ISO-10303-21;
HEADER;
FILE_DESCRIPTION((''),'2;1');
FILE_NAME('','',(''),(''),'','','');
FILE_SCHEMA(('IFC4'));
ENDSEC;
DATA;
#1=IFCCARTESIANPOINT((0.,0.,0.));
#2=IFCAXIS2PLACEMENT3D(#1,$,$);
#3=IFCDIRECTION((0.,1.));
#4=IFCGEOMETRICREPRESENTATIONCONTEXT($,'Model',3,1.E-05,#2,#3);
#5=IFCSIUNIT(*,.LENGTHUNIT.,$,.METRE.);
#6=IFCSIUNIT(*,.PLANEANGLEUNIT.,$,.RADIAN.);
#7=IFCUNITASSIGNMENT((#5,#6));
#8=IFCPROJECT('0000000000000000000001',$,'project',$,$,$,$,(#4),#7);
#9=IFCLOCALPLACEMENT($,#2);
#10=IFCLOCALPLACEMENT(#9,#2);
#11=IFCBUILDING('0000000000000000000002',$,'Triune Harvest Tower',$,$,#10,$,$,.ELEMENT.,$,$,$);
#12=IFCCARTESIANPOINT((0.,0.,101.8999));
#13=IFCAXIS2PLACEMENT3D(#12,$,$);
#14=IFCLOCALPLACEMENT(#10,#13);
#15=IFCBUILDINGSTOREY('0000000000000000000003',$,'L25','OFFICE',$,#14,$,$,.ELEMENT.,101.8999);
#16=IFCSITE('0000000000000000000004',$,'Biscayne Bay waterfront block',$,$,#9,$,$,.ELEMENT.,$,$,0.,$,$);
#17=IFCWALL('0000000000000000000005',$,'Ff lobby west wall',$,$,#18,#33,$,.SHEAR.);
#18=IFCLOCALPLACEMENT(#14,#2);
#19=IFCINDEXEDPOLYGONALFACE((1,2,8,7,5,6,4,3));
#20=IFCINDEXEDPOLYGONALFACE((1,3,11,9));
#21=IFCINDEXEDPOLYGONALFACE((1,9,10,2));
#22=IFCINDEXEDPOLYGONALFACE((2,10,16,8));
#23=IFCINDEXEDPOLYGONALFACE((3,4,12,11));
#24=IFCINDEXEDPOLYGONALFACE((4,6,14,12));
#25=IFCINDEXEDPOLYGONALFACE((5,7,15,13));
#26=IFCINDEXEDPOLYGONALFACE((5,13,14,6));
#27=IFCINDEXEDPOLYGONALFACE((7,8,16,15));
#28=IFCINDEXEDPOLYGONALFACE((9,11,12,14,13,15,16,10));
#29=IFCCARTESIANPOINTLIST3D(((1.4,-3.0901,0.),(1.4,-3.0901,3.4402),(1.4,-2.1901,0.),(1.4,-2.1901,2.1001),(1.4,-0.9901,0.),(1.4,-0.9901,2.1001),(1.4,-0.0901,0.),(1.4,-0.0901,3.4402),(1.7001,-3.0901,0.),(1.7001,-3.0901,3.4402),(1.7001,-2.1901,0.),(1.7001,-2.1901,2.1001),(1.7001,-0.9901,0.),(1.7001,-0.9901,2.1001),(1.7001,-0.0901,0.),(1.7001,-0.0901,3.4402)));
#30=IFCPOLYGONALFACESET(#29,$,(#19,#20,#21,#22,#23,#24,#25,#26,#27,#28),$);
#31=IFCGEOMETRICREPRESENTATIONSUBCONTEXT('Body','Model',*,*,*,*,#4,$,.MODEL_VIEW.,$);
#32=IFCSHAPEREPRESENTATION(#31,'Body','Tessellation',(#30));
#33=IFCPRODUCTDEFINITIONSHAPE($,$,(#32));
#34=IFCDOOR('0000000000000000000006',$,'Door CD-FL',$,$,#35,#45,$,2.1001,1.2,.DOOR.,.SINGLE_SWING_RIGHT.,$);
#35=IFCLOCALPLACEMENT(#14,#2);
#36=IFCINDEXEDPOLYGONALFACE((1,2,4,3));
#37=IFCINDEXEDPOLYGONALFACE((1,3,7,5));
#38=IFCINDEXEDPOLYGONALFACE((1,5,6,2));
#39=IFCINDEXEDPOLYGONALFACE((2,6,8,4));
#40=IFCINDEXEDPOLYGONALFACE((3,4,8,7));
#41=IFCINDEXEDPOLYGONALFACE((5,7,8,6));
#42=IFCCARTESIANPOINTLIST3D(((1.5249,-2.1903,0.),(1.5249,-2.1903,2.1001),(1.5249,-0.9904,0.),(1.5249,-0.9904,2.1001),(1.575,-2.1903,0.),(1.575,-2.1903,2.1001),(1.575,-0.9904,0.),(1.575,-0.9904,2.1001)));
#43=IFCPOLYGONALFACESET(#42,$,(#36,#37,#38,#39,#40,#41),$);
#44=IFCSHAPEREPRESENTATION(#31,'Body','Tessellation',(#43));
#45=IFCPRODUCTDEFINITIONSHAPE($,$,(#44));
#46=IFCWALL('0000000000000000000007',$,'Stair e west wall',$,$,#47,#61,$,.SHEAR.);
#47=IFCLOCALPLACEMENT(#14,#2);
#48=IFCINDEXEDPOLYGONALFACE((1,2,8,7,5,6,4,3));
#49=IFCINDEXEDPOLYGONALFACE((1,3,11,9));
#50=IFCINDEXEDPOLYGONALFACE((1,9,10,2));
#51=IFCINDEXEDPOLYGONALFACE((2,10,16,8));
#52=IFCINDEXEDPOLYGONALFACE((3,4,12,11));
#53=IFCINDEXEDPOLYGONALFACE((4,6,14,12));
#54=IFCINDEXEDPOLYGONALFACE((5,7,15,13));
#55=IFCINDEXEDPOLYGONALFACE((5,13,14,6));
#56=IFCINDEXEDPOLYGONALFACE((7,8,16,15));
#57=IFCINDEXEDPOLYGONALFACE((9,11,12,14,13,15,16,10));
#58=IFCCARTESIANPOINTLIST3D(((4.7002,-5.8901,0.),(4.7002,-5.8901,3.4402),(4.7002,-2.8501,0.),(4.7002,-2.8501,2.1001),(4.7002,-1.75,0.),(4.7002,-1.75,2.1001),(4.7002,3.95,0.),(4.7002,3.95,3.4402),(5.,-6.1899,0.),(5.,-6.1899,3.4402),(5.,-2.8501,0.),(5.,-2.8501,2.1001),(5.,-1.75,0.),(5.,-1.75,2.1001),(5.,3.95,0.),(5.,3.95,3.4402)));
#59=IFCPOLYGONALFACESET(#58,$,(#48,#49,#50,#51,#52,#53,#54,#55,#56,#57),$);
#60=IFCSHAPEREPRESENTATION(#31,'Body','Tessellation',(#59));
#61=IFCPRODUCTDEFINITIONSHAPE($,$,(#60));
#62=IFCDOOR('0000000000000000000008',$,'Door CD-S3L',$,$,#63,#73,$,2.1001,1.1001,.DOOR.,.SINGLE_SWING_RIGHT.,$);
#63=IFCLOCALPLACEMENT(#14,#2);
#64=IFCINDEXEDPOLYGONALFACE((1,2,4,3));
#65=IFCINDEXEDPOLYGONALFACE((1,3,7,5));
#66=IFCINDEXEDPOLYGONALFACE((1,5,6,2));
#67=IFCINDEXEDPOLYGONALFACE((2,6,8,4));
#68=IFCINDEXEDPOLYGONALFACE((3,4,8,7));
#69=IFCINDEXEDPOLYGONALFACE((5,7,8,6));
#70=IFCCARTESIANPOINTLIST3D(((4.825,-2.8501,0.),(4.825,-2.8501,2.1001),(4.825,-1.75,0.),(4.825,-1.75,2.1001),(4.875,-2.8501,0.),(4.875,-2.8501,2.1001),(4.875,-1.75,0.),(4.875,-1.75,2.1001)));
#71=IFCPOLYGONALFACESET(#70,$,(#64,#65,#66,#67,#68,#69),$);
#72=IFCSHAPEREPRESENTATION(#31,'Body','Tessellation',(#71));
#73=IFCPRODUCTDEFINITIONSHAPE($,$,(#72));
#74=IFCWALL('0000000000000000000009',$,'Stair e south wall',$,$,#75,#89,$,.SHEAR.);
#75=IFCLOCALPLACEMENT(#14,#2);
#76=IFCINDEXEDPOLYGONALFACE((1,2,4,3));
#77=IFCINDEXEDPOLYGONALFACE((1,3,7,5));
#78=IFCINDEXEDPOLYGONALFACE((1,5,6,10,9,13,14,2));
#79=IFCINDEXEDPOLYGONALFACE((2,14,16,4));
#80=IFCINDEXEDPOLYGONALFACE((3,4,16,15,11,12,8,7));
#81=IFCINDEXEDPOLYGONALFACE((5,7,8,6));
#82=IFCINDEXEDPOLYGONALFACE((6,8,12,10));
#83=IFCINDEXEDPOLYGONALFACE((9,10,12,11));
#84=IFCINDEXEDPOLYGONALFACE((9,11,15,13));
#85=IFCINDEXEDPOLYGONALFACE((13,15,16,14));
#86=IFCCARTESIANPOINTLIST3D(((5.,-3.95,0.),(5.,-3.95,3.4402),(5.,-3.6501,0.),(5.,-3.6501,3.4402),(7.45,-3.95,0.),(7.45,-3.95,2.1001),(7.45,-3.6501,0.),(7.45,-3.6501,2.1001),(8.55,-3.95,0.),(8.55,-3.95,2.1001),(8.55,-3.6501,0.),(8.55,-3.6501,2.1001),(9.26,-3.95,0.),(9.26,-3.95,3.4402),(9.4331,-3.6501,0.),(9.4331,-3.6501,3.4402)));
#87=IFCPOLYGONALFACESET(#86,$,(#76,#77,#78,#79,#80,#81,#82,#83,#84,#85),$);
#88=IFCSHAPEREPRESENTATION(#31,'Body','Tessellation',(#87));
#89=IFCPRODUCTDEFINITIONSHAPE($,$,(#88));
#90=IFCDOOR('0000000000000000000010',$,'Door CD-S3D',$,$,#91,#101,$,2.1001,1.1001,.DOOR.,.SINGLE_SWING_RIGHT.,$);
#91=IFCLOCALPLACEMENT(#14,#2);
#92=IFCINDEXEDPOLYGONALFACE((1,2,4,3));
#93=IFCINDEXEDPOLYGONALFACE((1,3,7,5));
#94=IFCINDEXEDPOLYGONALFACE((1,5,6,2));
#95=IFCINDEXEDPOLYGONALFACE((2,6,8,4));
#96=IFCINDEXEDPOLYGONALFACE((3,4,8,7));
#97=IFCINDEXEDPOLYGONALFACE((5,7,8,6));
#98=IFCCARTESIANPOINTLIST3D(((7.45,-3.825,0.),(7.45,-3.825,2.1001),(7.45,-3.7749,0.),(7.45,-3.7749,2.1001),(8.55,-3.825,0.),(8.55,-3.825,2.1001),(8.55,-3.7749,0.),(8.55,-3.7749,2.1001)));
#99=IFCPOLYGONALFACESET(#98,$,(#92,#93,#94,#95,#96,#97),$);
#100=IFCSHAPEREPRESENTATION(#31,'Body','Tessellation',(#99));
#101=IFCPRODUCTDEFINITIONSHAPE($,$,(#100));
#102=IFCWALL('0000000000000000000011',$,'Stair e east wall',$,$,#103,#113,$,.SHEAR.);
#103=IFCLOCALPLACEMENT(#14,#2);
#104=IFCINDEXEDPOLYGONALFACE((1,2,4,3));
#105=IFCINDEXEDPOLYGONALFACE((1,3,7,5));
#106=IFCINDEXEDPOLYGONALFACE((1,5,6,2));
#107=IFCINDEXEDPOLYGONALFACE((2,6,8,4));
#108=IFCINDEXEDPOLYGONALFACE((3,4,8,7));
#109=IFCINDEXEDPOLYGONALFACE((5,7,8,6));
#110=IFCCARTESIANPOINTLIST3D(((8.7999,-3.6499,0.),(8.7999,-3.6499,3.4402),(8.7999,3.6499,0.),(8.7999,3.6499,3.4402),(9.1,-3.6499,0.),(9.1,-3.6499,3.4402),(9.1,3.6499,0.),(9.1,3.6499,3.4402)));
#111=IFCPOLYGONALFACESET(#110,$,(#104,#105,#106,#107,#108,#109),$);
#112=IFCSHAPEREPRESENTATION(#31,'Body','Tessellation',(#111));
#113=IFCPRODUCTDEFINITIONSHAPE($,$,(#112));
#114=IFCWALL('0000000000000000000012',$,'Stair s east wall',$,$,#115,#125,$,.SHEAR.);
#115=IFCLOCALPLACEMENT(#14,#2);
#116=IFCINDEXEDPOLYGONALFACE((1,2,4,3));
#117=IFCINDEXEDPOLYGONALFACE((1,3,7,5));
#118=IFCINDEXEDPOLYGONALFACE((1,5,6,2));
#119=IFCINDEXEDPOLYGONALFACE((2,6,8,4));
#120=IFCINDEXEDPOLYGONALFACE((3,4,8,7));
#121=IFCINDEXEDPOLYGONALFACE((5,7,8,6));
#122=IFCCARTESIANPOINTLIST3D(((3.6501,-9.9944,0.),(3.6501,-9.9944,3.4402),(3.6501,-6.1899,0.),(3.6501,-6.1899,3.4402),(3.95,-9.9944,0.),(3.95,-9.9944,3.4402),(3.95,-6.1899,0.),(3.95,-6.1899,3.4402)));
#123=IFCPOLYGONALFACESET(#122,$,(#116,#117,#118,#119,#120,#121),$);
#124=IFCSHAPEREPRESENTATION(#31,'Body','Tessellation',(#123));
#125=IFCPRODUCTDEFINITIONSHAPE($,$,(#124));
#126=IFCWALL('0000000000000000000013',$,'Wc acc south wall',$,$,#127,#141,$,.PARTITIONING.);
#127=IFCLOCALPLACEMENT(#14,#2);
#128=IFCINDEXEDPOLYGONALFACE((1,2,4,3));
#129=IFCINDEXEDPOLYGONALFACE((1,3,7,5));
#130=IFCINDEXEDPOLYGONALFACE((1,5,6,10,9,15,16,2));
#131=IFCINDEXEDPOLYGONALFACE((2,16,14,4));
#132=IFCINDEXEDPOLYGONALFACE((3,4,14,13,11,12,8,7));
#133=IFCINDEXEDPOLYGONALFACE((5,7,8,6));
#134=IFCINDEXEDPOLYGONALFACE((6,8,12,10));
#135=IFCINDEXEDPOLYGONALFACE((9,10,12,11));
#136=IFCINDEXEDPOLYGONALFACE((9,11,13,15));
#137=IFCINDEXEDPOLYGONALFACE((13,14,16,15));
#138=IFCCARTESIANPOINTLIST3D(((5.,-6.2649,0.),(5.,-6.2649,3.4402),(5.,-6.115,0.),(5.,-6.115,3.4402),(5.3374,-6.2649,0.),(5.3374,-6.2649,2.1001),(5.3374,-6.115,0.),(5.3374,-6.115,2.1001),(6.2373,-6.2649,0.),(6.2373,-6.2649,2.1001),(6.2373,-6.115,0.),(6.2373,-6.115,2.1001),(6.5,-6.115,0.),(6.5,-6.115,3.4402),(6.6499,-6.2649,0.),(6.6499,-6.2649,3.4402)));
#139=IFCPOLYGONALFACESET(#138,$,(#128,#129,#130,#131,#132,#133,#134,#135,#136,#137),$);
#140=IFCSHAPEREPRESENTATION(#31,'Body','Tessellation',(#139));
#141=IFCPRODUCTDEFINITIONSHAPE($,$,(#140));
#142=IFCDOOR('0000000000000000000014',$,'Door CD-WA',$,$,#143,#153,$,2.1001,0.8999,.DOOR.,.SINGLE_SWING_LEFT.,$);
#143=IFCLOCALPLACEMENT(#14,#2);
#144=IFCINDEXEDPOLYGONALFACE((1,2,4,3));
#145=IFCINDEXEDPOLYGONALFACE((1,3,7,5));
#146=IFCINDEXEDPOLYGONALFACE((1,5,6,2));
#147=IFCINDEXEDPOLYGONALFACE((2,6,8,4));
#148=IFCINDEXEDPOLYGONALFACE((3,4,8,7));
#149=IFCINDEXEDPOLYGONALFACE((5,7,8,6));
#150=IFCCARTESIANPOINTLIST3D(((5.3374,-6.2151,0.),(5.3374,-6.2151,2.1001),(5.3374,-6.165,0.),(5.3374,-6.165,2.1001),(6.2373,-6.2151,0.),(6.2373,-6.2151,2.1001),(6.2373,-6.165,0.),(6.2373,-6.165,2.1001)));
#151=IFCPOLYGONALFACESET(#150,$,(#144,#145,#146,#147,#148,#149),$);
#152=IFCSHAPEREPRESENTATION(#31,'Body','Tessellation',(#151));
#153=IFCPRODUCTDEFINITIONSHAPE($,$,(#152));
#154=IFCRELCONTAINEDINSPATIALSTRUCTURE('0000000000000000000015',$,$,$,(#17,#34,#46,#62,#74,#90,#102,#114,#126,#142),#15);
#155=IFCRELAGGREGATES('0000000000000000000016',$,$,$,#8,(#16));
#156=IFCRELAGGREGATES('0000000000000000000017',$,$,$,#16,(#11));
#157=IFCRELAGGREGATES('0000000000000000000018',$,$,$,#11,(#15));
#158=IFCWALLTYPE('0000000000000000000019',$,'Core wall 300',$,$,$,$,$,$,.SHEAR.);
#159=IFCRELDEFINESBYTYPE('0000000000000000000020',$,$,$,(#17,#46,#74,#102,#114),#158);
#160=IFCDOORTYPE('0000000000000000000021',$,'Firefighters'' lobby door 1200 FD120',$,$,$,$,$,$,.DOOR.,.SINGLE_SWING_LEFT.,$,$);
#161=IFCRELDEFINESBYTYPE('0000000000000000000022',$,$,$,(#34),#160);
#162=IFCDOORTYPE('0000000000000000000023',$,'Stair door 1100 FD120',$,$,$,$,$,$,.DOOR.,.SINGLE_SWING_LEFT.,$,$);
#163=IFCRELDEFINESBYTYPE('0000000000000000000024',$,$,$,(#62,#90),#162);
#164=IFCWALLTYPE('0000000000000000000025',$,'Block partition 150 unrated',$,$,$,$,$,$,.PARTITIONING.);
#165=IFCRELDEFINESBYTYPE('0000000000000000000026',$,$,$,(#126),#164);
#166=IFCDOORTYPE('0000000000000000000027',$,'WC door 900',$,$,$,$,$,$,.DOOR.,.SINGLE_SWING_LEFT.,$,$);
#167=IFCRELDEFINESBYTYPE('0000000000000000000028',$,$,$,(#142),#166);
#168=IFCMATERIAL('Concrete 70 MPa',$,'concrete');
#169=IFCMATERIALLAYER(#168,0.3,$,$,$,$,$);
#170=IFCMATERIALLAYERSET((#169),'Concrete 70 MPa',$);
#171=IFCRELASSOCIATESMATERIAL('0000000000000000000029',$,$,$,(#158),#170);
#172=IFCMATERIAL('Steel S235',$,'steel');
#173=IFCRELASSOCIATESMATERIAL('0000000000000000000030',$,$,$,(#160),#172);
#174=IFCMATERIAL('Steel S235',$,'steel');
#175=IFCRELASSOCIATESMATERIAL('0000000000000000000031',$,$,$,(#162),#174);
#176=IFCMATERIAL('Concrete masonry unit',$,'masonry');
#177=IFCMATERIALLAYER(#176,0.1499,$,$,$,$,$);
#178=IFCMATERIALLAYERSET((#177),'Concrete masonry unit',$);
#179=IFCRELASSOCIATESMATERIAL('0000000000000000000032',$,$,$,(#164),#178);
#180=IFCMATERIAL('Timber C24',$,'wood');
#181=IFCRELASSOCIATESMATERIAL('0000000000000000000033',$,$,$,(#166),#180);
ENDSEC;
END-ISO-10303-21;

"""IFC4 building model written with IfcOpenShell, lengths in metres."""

from ifc_helpers import new_model, si_unit, direction, frame, frame_2d, origin, place, context, subcontext, project, spatial, polyline, rectangle, outline, extrude, source, transform, mapped, material, layer, layer_set, type_object, element, fill, save


model = new_model("IFC4")

# Units and contexts
model_context = context("Model", 3, precision=1e-05, world=origin(), true_north=direction((0.0, 1.0)))
body_context = subcontext(model_context, "Body", "Model", "MODEL_VIEW")
ifc_project = project(units=[si_unit("LENGTHUNIT", "METRE"), si_unit("PLANEANGLEUNIT", "RADIAN")], contexts=[model_context])

# Site, building, storey
site_placement = place(None, origin())
site = spatial("IfcSite", under=ifc_project, at=site_placement, Name="Biscayne Bay waterfront block", CompositionType="ELEMENT", RefElevation=0.0)
building_placement = place(site_placement, origin())
building = spatial("IfcBuilding", under=site, at=building_placement, Name="Triune Harvest Tower", CompositionType="ELEMENT")
storey_placement = place(building_placement, frame((0.0, 0.0, 101.8999)))
storey = spatial("IfcBuildingStorey", under=building, at=storey_placement, Name="L25", Description="OFFICE", CompositionType="ELEMENT", Elevation=101.8999)

# Shared definitions
ifc_material_1 = material(Name="Concrete 70 MPa", Category="concrete")
ifc_layer_1 = layer(ifc_material_1, 0.3)
ifc_layer_set_1 = layer_set([ifc_layer_1], Name="Concrete 70 MPa")
wall_type_1 = type_object("IfcWallType", Name="Core wall 300", PredefinedType="SHEAR", material=ifc_layer_set_1)

# Walls, openings, doors
shared_shape_1 = source(origin(), body_context, "Body", "SweptSolid", [
    extrude(rectangle(XDim=3.0, YDim=0.3, at=frame_2d((1.5, 0.0))), origin(), (0.0, 0.0, 1.0), 3.4402),
])
wall_1_placement = place(storey_placement, frame((1.55, -3.0901, 0.0), z_axis=(0.0, 0.0, 1.0), x_axis=(0.0, 1.0, 0.0)))
wall_1 = element("IfcWall", 1, at=wall_1_placement, inside=storey, type_object=wall_type_1, Name="Ff lobby west wall", PredefinedType="SHEAR", context=body_context, shape_type="MappedRepresentation", body=[
    mapped(shared_shape_1, transform((0.0, 0.0, 0.0), scale=1.0)),
])
opening_1_placement = place(wall_1_placement, frame((0.8999, 0.0, 0.0)))
opening_1 = element("IfcOpeningElement", 2, at=opening_1_placement, cuts=wall_1, PredefinedType="OPENING", context=body_context, shape_type="SweptSolid", body=[
    extrude(rectangle(XDim=1.2, YDim=2.1001, at=frame_2d((0.6001, 1.05))), frame((0.0, 0.1602, 0.0), z_axis=(0.0, -1.0, 0.0), x_axis=(1.0, 0.0, 0.0)), (0.0, 0.0, 1.0), 0.3201),
])
ifc_material_2 = material(Name="Steel S235", Category="steel")
door_type_1 = type_object("IfcDoorType", Name="Firefighters' lobby door 1200 FD120", OperationType="SINGLE_SWING_LEFT", PredefinedType="DOOR", material=ifc_material_2)
door_1_placement = place(opening_1_placement, frame((1.2, 0.0, 0.0), z_axis=(0.0, 0.0, 1.0), x_axis=(-1.0, 0.0, 0.0)))
door_1 = element("IfcDoor", 3, at=door_1_placement, inside=storey, type_object=door_type_1, Name="Door CD-FL", OperationType="SINGLE_SWING_RIGHT", OverallHeight=2.1001, OverallWidth=1.2, PredefinedType="DOOR", context=body_context, shape_type="SweptSolid", body=[
    extrude(rectangle(XDim=1.2, YDim=2.1001, at=frame_2d((0.6001, 1.05))), frame((0.0, 0.0249, 0.0), z_axis=(0.0, -1.0, 0.0), x_axis=(1.0, 0.0, 0.0)), (0.0, 0.0, 1.0), 0.05),
])
fill(opening_1, door_1)
shared_shape_2 = source(origin(), body_context, "Body", "SweptSolid", [
    extrude(outline(polyline([(-0.1499, -0.1499), (9.99, -0.1499), (9.99, 0.1499), (0.1499, 0.1499), (-0.1499, -0.1499)])), origin(), (0.0, 0.0, 1.0), 3.4402),
])
wall_2_placement = place(storey_placement, frame((4.8501, -6.04, 0.0), z_axis=(0.0, 0.0, 1.0), x_axis=(0.0, 1.0, 0.0)))
wall_2 = element("IfcWall", 4, at=wall_2_placement, inside=storey, type_object=wall_type_1, Name="Stair e west wall", PredefinedType="SHEAR", context=body_context, shape_type="MappedRepresentation", body=[
    mapped(shared_shape_2, transform((0.0, 0.0, 0.0), scale=1.0)),
])
opening_2_placement = place(wall_2_placement, frame((3.1899, 0.0, 0.0)))
opening_2 = element("IfcOpeningElement", 5, at=opening_2_placement, cuts=wall_2, PredefinedType="OPENING", context=body_context, shape_type="SweptSolid", body=[
    extrude(rectangle(XDim=1.1001, YDim=2.1001, at=frame_2d((0.55, 1.05))), frame((0.0, 0.1602, 0.0), z_axis=(0.0, -1.0, 0.0), x_axis=(1.0, 0.0, 0.0)), (0.0, 0.0, 1.0), 0.3201),
])
ifc_material_3 = material(Name="Steel S235", Category="steel")
door_type_2 = type_object("IfcDoorType", Name="Stair door 1100 FD120", OperationType="SINGLE_SWING_LEFT", PredefinedType="DOOR", material=ifc_material_3)
door_2_placement = place(opening_2_placement, frame((1.1001, 0.0, 0.0), z_axis=(0.0, 0.0, 1.0), x_axis=(-1.0, 0.0, 0.0)))
door_2 = element("IfcDoor", 6, at=door_2_placement, inside=storey, type_object=door_type_2, Name="Door CD-S3L", OperationType="SINGLE_SWING_RIGHT", OverallHeight=2.1001, OverallWidth=1.1001, PredefinedType="DOOR", context=body_context, shape_type="SweptSolid", body=[
    extrude(rectangle(XDim=1.1001, YDim=2.1001, at=frame_2d((0.55, 1.05))), frame((0.0, 0.0249, 0.0), z_axis=(0.0, -1.0, 0.0), x_axis=(1.0, 0.0, 0.0)), (0.0, 0.0, 1.0), 0.05),
])
fill(opening_2, door_2)
shared_shape_3 = source(origin(), body_context, "Body", "SweptSolid", [
    extrude(outline(polyline([(0.0, -0.1499), (0.0, 0.1499), (4.4331, 0.1499), (4.26, -0.1499), (0.0, -0.1499)])), origin(), (0.0, 0.0, 1.0), 3.4402),
])
wall_3_placement = place(storey_placement, frame((5.0, -3.8, 0.0), z_axis=(0.0, 0.0, 1.0), x_axis=(1.0, 0.0, 0.0)))
wall_3 = element("IfcWall", 7, at=wall_3_placement, inside=storey, type_object=wall_type_1, Name="Stair e south wall", PredefinedType="SHEAR", context=body_context, shape_type="MappedRepresentation", body=[
    mapped(shared_shape_3, transform((0.0, 0.0, 0.0), scale=1.0)),
])
opening_3_placement = place(wall_3_placement, frame((2.45, 0.0, 0.0)))
opening_3 = element("IfcOpeningElement", 8, at=opening_3_placement, cuts=wall_3, PredefinedType="OPENING", context=body_context, shape_type="SweptSolid", body=[
    extrude(rectangle(XDim=1.1001, YDim=2.1001, at=frame_2d((0.55, 1.05))), frame((0.0, 0.1602, 0.0), z_axis=(0.0, -1.0, 0.0), x_axis=(1.0, 0.0, 0.0)), (0.0, 0.0, 1.0), 0.3201),
])
door_3_placement = place(opening_3_placement, frame((1.1001, 0.0, 0.0), z_axis=(0.0, 0.0, 1.0), x_axis=(-1.0, 0.0, 0.0)))
door_3 = element("IfcDoor", 9, at=door_3_placement, inside=storey, type_object=door_type_2, Name="Door CD-S3D", OperationType="SINGLE_SWING_RIGHT", OverallHeight=2.1001, OverallWidth=1.1001, PredefinedType="DOOR", context=body_context, shape_type="SweptSolid", body=[
    extrude(rectangle(XDim=1.1001, YDim=2.1001, at=frame_2d((0.55, 1.05))), frame((0.0, 0.0249, 0.0), z_axis=(0.0, -1.0, 0.0), x_axis=(1.0, 0.0, 0.0)), (0.0, 0.0, 1.0), 0.05),
])
fill(opening_3, door_3)

# Walls
shared_shape_4 = source(origin(), body_context, "Body", "SweptSolid", [
    extrude(rectangle(XDim=7.2998, YDim=0.3, at=frame_2d((3.6499, 0.0))), origin(), (0.0, 0.0, 1.0), 3.4402),
])
wall_4_placement = place(storey_placement, frame((8.95, -3.6499, 0.0), z_axis=(0.0, 0.0, 1.0), x_axis=(0.0, 1.0, 0.0)))
element("IfcWall", 10, at=wall_4_placement, inside=storey, type_object=wall_type_1, Name="Stair e east wall", PredefinedType="SHEAR", context=body_context, shape_type="MappedRepresentation", body=[
    mapped(shared_shape_4, transform((0.0, 0.0, 0.0), scale=1.0)),
])
shared_shape_5 = source(origin(), body_context, "Body", "SweptSolid", [
    extrude(outline(polyline([(3.8, -0.1499), (-0.0044, -0.1499), (-0.0044, 0.1499), (3.8, 0.1499), (3.8, -0.1499)])), origin(), (0.0, 0.0, 1.0), 3.4402),
])
wall_5_placement = place(storey_placement, frame((3.8, -9.99, 0.0), z_axis=(0.0, 0.0, 1.0), x_axis=(0.0, 1.0, 0.0)))
element("IfcWall", 11, at=wall_5_placement, inside=storey, type_object=wall_type_1, Name="Stair s east wall", PredefinedType="SHEAR", context=body_context, shape_type="MappedRepresentation", body=[
    mapped(shared_shape_5, transform((0.0, 0.0, 0.0), scale=1.0)),
])

# Wall, opening, door
ifc_material_4 = material(Name="Concrete masonry unit", Category="masonry")
ifc_layer_2 = layer(ifc_material_4, 0.1499)
ifc_layer_set_2 = layer_set([ifc_layer_2], Name="Concrete masonry unit")
wall_type_2 = type_object("IfcWallType", Name="Block partition 150 unrated", PredefinedType="PARTITIONING", material=ifc_layer_set_2)
shared_shape_6 = source(origin(), body_context, "Body", "SweptSolid", [
    extrude(outline(polyline([(0.0, -0.075), (1.6499, -0.075), (1.5, 0.075), (0.0, 0.075), (0.0, -0.075)])), origin(), (0.0, 0.0, 1.0), 3.4402),
])
wall_6_placement = place(storey_placement, frame((5.0, -6.1899, 0.0), z_axis=(0.0, 0.0, 1.0), x_axis=(1.0, 0.0, 0.0)))
wall_6 = element("IfcWall", 12, at=wall_6_placement, inside=storey, type_object=wall_type_2, Name="Wc acc south wall", PredefinedType="PARTITIONING", context=body_context, shape_type="MappedRepresentation", body=[
    mapped(shared_shape_6, transform((0.0, 0.0, 0.0), scale=1.0)),
])
opening_4_placement = place(wall_6_placement, frame((0.3374, 0.0, 0.0)))
opening_4 = element("IfcOpeningElement", 13, at=opening_4_placement, cuts=wall_6, PredefinedType="OPENING", context=body_context, shape_type="SweptSolid", body=[
    extrude(rectangle(XDim=0.8999, YDim=2.1001, at=frame_2d((0.45, 1.05))), frame((0.0, 0.085, 0.0), z_axis=(0.0, -1.0, 0.0), x_axis=(1.0, 0.0, 0.0)), (0.0, 0.0, 1.0), 0.1699),
])
ifc_material_5 = material(Name="Timber C24", Category="wood")
door_type_3 = type_object("IfcDoorType", Name="WC door 900", OperationType="SINGLE_SWING_LEFT", PredefinedType="DOOR", material=ifc_material_5)
door_4_placement = place(opening_4_placement, origin())
door_4 = element("IfcDoor", 14, at=door_4_placement, inside=storey, type_object=door_type_3, Name="Door CD-WA", OperationType="SINGLE_SWING_LEFT", OverallHeight=2.1001, OverallWidth=0.8999, PredefinedType="DOOR", context=body_context, shape_type="SweptSolid", body=[
    extrude(rectangle(XDim=0.8999, YDim=2.1001, at=frame_2d((0.45, 1.05))), frame((0.0, 0.0249, 0.0), z_axis=(0.0, -1.0, 0.0), x_axis=(1.0, 0.0, 0.0)), (0.0, 0.0, 1.0), 0.05),
])
fill(opening_4, door_4)

save(model, "model.ifc")
